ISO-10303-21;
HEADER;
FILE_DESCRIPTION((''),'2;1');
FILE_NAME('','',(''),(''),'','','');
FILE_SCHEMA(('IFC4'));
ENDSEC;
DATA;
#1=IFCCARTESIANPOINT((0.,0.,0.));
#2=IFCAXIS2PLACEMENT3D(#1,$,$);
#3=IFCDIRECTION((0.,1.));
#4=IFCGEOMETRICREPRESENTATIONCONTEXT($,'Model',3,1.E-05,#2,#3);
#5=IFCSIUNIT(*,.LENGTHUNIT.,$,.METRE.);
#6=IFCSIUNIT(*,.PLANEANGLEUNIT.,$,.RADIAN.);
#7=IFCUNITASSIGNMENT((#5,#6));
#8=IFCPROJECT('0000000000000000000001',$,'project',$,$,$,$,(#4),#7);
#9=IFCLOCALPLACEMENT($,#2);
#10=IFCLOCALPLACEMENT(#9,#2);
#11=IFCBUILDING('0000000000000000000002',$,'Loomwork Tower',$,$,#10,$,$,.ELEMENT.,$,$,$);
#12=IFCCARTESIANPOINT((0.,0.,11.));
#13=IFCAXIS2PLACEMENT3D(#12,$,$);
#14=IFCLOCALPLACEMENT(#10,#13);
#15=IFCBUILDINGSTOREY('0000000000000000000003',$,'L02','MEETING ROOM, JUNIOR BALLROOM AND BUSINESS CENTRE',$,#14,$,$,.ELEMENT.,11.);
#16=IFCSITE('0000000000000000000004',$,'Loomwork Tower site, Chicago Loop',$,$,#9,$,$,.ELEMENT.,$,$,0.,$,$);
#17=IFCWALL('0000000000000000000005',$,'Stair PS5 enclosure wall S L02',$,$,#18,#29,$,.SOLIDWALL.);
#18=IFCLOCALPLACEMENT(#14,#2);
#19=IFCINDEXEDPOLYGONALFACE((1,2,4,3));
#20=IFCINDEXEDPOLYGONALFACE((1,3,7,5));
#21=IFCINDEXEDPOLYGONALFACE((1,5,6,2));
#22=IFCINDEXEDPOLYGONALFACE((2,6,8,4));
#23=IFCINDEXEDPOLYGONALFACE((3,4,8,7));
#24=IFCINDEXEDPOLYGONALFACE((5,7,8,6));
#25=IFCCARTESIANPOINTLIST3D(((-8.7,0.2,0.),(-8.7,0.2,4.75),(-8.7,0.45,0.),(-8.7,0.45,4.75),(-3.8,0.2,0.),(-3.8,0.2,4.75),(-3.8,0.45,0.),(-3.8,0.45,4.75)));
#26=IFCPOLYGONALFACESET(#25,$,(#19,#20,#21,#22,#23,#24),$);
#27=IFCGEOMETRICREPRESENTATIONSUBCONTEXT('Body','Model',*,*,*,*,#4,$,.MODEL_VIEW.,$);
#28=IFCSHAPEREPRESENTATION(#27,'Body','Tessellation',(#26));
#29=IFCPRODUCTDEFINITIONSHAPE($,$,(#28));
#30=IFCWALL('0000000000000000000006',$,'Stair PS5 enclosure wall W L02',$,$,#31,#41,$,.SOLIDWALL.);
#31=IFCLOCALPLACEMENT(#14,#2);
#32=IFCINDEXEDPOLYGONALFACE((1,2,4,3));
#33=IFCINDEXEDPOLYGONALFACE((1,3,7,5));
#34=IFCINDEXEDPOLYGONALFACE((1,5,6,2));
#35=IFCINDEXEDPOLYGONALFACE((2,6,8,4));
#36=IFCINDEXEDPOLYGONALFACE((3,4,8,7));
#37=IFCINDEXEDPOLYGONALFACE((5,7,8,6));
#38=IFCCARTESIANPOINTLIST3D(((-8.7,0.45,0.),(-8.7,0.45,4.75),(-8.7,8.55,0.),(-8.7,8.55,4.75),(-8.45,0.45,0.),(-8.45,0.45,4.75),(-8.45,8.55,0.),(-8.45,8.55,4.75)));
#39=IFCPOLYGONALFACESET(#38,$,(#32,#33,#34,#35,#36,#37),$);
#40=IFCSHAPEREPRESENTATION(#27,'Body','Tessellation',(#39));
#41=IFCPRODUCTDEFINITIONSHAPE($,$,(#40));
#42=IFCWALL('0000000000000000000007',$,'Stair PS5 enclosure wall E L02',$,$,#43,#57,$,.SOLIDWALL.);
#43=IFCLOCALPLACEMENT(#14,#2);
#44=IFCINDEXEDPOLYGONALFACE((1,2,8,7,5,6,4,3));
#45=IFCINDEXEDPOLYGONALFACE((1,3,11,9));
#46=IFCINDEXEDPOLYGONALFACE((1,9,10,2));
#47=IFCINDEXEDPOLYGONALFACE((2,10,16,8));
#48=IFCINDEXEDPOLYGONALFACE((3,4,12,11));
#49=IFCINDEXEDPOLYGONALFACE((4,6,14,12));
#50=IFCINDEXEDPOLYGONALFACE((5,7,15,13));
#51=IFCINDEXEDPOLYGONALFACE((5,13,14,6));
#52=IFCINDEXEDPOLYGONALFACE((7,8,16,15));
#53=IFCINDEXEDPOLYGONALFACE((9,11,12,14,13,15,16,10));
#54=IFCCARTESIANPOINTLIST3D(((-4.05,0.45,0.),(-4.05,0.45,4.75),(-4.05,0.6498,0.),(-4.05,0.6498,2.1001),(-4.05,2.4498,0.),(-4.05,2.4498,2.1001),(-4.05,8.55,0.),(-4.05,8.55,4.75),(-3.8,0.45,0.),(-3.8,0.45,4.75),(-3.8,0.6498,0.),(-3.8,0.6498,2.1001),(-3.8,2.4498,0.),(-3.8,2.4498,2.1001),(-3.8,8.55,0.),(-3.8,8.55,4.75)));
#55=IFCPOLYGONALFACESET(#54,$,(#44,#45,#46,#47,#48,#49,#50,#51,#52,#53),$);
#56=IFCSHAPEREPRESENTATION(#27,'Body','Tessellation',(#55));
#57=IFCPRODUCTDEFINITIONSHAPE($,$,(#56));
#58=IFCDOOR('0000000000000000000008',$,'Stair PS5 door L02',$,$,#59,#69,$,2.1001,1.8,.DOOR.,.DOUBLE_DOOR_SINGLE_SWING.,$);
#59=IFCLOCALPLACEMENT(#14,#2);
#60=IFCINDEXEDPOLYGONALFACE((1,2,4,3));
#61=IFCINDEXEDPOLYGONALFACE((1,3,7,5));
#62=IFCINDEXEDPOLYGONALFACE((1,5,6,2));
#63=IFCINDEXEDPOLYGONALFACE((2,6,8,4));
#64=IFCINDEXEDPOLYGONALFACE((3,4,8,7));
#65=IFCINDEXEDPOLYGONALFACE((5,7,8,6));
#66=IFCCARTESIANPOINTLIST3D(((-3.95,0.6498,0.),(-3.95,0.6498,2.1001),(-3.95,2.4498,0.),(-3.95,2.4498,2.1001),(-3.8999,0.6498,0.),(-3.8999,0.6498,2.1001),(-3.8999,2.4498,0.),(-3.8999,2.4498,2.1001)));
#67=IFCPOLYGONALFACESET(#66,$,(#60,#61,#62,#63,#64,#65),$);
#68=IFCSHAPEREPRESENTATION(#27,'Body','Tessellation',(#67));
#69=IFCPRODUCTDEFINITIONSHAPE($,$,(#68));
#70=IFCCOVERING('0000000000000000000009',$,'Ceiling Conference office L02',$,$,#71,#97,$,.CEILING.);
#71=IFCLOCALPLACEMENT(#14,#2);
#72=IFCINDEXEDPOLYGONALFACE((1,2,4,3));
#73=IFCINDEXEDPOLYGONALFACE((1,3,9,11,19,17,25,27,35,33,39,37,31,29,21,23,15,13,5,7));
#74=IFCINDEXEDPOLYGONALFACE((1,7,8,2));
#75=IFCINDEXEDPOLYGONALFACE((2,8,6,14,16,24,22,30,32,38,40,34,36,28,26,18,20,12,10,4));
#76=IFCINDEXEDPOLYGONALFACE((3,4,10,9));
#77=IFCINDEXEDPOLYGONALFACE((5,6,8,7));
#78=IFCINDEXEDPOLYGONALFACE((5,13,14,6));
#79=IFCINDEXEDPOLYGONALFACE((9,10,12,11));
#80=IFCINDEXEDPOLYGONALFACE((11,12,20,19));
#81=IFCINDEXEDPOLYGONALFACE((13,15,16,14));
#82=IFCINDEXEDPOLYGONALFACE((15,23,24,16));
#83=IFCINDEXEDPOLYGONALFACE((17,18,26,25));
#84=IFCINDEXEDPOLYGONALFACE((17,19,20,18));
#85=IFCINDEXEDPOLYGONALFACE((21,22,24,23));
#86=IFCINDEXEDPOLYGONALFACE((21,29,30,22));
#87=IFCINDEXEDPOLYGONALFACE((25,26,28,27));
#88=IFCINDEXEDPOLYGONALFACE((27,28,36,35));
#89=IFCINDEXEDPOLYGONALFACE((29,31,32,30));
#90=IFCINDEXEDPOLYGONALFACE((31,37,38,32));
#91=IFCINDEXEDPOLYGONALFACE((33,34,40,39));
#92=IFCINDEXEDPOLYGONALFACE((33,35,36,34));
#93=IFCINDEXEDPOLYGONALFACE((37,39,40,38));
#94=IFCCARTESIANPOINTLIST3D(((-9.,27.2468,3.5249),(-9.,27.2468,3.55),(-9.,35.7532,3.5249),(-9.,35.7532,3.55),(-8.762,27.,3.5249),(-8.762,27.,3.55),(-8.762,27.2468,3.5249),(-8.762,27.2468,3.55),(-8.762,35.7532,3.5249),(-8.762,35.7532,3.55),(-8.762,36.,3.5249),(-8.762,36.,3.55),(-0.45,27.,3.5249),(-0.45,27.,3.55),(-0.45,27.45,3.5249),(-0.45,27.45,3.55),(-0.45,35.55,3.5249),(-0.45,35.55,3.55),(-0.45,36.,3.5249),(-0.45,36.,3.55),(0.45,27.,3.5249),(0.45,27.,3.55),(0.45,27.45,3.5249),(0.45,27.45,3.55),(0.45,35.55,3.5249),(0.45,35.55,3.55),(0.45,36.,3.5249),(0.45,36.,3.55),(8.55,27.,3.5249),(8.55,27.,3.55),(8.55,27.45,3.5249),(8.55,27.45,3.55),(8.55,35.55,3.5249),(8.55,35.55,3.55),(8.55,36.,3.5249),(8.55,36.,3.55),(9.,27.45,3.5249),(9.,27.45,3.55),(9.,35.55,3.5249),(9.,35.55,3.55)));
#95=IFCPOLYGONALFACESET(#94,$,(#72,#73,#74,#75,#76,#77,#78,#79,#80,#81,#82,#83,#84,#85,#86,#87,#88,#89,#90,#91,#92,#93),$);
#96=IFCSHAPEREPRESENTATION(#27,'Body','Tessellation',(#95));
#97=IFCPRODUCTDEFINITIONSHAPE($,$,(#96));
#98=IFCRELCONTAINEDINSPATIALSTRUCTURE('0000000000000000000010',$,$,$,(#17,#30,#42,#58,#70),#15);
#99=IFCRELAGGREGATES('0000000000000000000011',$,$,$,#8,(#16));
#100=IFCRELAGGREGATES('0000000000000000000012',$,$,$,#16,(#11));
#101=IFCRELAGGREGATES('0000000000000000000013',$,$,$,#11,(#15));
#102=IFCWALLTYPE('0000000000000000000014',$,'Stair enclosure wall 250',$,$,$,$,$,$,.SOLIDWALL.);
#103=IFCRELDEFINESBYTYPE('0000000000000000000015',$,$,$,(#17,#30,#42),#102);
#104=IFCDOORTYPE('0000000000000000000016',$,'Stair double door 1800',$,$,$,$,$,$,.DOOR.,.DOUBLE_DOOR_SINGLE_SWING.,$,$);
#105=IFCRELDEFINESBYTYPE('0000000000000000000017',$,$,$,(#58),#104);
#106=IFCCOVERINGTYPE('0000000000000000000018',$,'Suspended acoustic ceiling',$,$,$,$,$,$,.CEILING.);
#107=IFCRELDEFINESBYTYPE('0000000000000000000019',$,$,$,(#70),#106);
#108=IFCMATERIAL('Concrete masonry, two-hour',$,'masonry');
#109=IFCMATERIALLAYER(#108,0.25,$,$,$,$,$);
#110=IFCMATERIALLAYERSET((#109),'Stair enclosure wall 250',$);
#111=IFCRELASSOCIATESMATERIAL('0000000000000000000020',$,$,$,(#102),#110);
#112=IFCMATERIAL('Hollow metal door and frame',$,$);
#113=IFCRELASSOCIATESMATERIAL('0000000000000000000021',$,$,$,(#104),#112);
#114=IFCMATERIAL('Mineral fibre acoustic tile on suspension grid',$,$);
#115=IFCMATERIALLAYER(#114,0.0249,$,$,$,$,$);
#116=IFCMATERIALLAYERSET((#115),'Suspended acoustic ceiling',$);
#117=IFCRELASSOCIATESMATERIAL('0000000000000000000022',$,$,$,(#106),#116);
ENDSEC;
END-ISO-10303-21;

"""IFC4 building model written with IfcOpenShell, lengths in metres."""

from ifc_helpers import new_model, si_unit, direction, frame, frame_2d, origin, place, context, subcontext, project, spatial, polyline, rectangle, outline, extrude, material, layer, layer_set, type_object, element, fill, save


model = new_model("IFC4")

# Units and contexts
model_context = context("Model", 3, precision=1e-05, world=origin(), true_north=direction((0.0, 1.0)))
body_context = subcontext(model_context, "Body", "Model", "MODEL_VIEW")
ifc_project = project(units=[si_unit("LENGTHUNIT", "METRE"), si_unit("PLANEANGLEUNIT", "RADIAN")], contexts=[model_context])

# Site, building, storey
site_placement = place(None, origin())
site = spatial("IfcSite", under=ifc_project, at=site_placement, Name="Loomwork Tower site, Chicago Loop", CompositionType="ELEMENT", RefElevation=0.0)
building_placement = place(site_placement, origin())
building = spatial("IfcBuilding", under=site, at=building_placement, Name="Loomwork Tower", CompositionType="ELEMENT")
storey_placement = place(building_placement, frame((0.0, 0.0, 11.0)))
storey = spatial("IfcBuildingStorey", under=building, at=storey_placement, Name="L02", Description="MEETING ROOM, JUNIOR BALLROOM AND BUSINESS CENTRE", CompositionType="ELEMENT", Elevation=11.0)

# Walls
ifc_material_1 = material(Name="Concrete masonry, two-hour", Category="masonry")
ifc_layer_1 = layer(ifc_material_1, 0.25)
ifc_layer_set_1 = layer_set([ifc_layer_1], Name="Stair enclosure wall 250")
wall_type = type_object("IfcWallType", Name="Stair enclosure wall 250", PredefinedType="SOLIDWALL", material=ifc_layer_set_1)
wall_1_placement = place(storey_placement, frame((-8.7, 0.325, 0.0), z_axis=(0.0, 0.0, 1.0), x_axis=(1.0, 0.0, 0.0)))
element("IfcWall", 1, at=wall_1_placement, inside=storey, type_object=wall_type, Name="Stair PS5 enclosure wall S L02", PredefinedType="SOLIDWALL", context=body_context, shape_type="SweptSolid", body=[
    extrude(rectangle(XDim=4.8999, YDim=0.25, at=frame_2d((2.45, 0.0))), origin(), (0.0, 0.0, 1.0), 4.75),
])
wall_2_placement = place(storey_placement, frame((-8.575, 0.45, 0.0), z_axis=(0.0, 0.0, 1.0), x_axis=(0.0, 1.0, 0.0)))
element("IfcWall", 2, at=wall_2_placement, inside=storey, type_object=wall_type, Name="Stair PS5 enclosure wall W L02", PredefinedType="SOLIDWALL", context=body_context, shape_type="SweptSolid", body=[
    extrude(rectangle(XDim=8.1001, YDim=0.25, at=frame_2d((4.05, 0.0))), origin(), (0.0, 0.0, 1.0), 4.75),
])

# Wall, opening, door
wall_3_placement = place(storey_placement, frame((-3.925, 0.45, 0.0), z_axis=(0.0, 0.0, 1.0), x_axis=(0.0, 1.0, 0.0)))
wall_3 = element("IfcWall", 3, at=wall_3_placement, inside=storey, type_object=wall_type, Name="Stair PS5 enclosure wall E L02", PredefinedType="SOLIDWALL", context=body_context, shape_type="SweptSolid", body=[
    extrude(rectangle(XDim=8.1001, YDim=0.25, at=frame_2d((4.05, 0.0))), origin(), (0.0, 0.0, 1.0), 4.75),
])
opening_placement = place(wall_3_placement, frame((0.2, 0.0, 0.0)))
opening = element("IfcOpeningElement", 4, at=opening_placement, cuts=wall_3, PredefinedType="OPENING", context=body_context, shape_type="SweptSolid", body=[
    extrude(rectangle(XDim=1.8, YDim=2.1001, at=frame_2d((0.8999, 1.05))), frame((0.0, 0.135, 0.0), z_axis=(0.0, -1.0, 0.0), x_axis=(1.0, 0.0, 0.0)), (0.0, 0.0, 1.0), 0.27),
])
ifc_material_2 = material(Name="Hollow metal door and frame")
door_type = type_object("IfcDoorType", Name="Stair double door 1800", OperationType="DOUBLE_DOOR_SINGLE_SWING", PredefinedType="DOOR", material=ifc_material_2)
door_placement = place(opening_placement, origin())
door = element("IfcDoor", 5, at=door_placement, inside=storey, type_object=door_type, Name="Stair PS5 door L02", OperationType="DOUBLE_DOOR_SINGLE_SWING", OverallHeight=2.1001, OverallWidth=1.8, PredefinedType="DOOR", context=body_context, shape_type="SweptSolid", body=[
    extrude(rectangle(XDim=1.8, YDim=2.1001, at=frame_2d((0.8999, 1.05))), frame((0.0, 0.0249, 0.0), z_axis=(0.0, -1.0, 0.0), x_axis=(1.0, 0.0, 0.0)), (0.0, 0.0, 1.0), 0.05),
])
fill(opening, door)

# Covering
ifc_material_3 = material(Name="Mineral fibre acoustic tile on suspension grid")
ifc_layer_2 = layer(ifc_material_3, 0.0249)
ifc_layer_set_2 = layer_set([ifc_layer_2], Name="Suspended acoustic ceiling")
covering_type = type_object("IfcCoveringType", Name="Suspended acoustic ceiling", PredefinedType="CEILING", material=ifc_layer_set_2)
covering_1_placement = place(storey_placement, frame((0.0, 0.0, 3.5249)))
element("IfcCovering", 6, at=covering_1_placement, inside=storey, type_object=covering_type, Name="Ceiling Conference office L02", PredefinedType="CEILING", context=body_context, shape_type="SweptSolid", body=[
    extrude(outline(polyline([(-0.45, 36.0), (-0.45, 35.55), (0.45, 35.55), (0.45, 36.0), (8.55, 36.0), (8.55, 35.55), (9.0, 35.55), (9.0, 27.45), (8.55, 27.45), (8.55, 27.0), (0.45, 27.0), (0.45, 27.45), (-0.45, 27.45), (-0.45, 27.0), (-8.762, 27.0), (-8.762, 27.2468), (-9.0, 27.2468), (-9.0, 35.7532), (-8.762, 35.7532), (-8.762, 36.0), (-0.45, 36.0)])), origin(), (0.0, 0.0, 1.0), 0.0251),
])

save(model, "model.ifc")
